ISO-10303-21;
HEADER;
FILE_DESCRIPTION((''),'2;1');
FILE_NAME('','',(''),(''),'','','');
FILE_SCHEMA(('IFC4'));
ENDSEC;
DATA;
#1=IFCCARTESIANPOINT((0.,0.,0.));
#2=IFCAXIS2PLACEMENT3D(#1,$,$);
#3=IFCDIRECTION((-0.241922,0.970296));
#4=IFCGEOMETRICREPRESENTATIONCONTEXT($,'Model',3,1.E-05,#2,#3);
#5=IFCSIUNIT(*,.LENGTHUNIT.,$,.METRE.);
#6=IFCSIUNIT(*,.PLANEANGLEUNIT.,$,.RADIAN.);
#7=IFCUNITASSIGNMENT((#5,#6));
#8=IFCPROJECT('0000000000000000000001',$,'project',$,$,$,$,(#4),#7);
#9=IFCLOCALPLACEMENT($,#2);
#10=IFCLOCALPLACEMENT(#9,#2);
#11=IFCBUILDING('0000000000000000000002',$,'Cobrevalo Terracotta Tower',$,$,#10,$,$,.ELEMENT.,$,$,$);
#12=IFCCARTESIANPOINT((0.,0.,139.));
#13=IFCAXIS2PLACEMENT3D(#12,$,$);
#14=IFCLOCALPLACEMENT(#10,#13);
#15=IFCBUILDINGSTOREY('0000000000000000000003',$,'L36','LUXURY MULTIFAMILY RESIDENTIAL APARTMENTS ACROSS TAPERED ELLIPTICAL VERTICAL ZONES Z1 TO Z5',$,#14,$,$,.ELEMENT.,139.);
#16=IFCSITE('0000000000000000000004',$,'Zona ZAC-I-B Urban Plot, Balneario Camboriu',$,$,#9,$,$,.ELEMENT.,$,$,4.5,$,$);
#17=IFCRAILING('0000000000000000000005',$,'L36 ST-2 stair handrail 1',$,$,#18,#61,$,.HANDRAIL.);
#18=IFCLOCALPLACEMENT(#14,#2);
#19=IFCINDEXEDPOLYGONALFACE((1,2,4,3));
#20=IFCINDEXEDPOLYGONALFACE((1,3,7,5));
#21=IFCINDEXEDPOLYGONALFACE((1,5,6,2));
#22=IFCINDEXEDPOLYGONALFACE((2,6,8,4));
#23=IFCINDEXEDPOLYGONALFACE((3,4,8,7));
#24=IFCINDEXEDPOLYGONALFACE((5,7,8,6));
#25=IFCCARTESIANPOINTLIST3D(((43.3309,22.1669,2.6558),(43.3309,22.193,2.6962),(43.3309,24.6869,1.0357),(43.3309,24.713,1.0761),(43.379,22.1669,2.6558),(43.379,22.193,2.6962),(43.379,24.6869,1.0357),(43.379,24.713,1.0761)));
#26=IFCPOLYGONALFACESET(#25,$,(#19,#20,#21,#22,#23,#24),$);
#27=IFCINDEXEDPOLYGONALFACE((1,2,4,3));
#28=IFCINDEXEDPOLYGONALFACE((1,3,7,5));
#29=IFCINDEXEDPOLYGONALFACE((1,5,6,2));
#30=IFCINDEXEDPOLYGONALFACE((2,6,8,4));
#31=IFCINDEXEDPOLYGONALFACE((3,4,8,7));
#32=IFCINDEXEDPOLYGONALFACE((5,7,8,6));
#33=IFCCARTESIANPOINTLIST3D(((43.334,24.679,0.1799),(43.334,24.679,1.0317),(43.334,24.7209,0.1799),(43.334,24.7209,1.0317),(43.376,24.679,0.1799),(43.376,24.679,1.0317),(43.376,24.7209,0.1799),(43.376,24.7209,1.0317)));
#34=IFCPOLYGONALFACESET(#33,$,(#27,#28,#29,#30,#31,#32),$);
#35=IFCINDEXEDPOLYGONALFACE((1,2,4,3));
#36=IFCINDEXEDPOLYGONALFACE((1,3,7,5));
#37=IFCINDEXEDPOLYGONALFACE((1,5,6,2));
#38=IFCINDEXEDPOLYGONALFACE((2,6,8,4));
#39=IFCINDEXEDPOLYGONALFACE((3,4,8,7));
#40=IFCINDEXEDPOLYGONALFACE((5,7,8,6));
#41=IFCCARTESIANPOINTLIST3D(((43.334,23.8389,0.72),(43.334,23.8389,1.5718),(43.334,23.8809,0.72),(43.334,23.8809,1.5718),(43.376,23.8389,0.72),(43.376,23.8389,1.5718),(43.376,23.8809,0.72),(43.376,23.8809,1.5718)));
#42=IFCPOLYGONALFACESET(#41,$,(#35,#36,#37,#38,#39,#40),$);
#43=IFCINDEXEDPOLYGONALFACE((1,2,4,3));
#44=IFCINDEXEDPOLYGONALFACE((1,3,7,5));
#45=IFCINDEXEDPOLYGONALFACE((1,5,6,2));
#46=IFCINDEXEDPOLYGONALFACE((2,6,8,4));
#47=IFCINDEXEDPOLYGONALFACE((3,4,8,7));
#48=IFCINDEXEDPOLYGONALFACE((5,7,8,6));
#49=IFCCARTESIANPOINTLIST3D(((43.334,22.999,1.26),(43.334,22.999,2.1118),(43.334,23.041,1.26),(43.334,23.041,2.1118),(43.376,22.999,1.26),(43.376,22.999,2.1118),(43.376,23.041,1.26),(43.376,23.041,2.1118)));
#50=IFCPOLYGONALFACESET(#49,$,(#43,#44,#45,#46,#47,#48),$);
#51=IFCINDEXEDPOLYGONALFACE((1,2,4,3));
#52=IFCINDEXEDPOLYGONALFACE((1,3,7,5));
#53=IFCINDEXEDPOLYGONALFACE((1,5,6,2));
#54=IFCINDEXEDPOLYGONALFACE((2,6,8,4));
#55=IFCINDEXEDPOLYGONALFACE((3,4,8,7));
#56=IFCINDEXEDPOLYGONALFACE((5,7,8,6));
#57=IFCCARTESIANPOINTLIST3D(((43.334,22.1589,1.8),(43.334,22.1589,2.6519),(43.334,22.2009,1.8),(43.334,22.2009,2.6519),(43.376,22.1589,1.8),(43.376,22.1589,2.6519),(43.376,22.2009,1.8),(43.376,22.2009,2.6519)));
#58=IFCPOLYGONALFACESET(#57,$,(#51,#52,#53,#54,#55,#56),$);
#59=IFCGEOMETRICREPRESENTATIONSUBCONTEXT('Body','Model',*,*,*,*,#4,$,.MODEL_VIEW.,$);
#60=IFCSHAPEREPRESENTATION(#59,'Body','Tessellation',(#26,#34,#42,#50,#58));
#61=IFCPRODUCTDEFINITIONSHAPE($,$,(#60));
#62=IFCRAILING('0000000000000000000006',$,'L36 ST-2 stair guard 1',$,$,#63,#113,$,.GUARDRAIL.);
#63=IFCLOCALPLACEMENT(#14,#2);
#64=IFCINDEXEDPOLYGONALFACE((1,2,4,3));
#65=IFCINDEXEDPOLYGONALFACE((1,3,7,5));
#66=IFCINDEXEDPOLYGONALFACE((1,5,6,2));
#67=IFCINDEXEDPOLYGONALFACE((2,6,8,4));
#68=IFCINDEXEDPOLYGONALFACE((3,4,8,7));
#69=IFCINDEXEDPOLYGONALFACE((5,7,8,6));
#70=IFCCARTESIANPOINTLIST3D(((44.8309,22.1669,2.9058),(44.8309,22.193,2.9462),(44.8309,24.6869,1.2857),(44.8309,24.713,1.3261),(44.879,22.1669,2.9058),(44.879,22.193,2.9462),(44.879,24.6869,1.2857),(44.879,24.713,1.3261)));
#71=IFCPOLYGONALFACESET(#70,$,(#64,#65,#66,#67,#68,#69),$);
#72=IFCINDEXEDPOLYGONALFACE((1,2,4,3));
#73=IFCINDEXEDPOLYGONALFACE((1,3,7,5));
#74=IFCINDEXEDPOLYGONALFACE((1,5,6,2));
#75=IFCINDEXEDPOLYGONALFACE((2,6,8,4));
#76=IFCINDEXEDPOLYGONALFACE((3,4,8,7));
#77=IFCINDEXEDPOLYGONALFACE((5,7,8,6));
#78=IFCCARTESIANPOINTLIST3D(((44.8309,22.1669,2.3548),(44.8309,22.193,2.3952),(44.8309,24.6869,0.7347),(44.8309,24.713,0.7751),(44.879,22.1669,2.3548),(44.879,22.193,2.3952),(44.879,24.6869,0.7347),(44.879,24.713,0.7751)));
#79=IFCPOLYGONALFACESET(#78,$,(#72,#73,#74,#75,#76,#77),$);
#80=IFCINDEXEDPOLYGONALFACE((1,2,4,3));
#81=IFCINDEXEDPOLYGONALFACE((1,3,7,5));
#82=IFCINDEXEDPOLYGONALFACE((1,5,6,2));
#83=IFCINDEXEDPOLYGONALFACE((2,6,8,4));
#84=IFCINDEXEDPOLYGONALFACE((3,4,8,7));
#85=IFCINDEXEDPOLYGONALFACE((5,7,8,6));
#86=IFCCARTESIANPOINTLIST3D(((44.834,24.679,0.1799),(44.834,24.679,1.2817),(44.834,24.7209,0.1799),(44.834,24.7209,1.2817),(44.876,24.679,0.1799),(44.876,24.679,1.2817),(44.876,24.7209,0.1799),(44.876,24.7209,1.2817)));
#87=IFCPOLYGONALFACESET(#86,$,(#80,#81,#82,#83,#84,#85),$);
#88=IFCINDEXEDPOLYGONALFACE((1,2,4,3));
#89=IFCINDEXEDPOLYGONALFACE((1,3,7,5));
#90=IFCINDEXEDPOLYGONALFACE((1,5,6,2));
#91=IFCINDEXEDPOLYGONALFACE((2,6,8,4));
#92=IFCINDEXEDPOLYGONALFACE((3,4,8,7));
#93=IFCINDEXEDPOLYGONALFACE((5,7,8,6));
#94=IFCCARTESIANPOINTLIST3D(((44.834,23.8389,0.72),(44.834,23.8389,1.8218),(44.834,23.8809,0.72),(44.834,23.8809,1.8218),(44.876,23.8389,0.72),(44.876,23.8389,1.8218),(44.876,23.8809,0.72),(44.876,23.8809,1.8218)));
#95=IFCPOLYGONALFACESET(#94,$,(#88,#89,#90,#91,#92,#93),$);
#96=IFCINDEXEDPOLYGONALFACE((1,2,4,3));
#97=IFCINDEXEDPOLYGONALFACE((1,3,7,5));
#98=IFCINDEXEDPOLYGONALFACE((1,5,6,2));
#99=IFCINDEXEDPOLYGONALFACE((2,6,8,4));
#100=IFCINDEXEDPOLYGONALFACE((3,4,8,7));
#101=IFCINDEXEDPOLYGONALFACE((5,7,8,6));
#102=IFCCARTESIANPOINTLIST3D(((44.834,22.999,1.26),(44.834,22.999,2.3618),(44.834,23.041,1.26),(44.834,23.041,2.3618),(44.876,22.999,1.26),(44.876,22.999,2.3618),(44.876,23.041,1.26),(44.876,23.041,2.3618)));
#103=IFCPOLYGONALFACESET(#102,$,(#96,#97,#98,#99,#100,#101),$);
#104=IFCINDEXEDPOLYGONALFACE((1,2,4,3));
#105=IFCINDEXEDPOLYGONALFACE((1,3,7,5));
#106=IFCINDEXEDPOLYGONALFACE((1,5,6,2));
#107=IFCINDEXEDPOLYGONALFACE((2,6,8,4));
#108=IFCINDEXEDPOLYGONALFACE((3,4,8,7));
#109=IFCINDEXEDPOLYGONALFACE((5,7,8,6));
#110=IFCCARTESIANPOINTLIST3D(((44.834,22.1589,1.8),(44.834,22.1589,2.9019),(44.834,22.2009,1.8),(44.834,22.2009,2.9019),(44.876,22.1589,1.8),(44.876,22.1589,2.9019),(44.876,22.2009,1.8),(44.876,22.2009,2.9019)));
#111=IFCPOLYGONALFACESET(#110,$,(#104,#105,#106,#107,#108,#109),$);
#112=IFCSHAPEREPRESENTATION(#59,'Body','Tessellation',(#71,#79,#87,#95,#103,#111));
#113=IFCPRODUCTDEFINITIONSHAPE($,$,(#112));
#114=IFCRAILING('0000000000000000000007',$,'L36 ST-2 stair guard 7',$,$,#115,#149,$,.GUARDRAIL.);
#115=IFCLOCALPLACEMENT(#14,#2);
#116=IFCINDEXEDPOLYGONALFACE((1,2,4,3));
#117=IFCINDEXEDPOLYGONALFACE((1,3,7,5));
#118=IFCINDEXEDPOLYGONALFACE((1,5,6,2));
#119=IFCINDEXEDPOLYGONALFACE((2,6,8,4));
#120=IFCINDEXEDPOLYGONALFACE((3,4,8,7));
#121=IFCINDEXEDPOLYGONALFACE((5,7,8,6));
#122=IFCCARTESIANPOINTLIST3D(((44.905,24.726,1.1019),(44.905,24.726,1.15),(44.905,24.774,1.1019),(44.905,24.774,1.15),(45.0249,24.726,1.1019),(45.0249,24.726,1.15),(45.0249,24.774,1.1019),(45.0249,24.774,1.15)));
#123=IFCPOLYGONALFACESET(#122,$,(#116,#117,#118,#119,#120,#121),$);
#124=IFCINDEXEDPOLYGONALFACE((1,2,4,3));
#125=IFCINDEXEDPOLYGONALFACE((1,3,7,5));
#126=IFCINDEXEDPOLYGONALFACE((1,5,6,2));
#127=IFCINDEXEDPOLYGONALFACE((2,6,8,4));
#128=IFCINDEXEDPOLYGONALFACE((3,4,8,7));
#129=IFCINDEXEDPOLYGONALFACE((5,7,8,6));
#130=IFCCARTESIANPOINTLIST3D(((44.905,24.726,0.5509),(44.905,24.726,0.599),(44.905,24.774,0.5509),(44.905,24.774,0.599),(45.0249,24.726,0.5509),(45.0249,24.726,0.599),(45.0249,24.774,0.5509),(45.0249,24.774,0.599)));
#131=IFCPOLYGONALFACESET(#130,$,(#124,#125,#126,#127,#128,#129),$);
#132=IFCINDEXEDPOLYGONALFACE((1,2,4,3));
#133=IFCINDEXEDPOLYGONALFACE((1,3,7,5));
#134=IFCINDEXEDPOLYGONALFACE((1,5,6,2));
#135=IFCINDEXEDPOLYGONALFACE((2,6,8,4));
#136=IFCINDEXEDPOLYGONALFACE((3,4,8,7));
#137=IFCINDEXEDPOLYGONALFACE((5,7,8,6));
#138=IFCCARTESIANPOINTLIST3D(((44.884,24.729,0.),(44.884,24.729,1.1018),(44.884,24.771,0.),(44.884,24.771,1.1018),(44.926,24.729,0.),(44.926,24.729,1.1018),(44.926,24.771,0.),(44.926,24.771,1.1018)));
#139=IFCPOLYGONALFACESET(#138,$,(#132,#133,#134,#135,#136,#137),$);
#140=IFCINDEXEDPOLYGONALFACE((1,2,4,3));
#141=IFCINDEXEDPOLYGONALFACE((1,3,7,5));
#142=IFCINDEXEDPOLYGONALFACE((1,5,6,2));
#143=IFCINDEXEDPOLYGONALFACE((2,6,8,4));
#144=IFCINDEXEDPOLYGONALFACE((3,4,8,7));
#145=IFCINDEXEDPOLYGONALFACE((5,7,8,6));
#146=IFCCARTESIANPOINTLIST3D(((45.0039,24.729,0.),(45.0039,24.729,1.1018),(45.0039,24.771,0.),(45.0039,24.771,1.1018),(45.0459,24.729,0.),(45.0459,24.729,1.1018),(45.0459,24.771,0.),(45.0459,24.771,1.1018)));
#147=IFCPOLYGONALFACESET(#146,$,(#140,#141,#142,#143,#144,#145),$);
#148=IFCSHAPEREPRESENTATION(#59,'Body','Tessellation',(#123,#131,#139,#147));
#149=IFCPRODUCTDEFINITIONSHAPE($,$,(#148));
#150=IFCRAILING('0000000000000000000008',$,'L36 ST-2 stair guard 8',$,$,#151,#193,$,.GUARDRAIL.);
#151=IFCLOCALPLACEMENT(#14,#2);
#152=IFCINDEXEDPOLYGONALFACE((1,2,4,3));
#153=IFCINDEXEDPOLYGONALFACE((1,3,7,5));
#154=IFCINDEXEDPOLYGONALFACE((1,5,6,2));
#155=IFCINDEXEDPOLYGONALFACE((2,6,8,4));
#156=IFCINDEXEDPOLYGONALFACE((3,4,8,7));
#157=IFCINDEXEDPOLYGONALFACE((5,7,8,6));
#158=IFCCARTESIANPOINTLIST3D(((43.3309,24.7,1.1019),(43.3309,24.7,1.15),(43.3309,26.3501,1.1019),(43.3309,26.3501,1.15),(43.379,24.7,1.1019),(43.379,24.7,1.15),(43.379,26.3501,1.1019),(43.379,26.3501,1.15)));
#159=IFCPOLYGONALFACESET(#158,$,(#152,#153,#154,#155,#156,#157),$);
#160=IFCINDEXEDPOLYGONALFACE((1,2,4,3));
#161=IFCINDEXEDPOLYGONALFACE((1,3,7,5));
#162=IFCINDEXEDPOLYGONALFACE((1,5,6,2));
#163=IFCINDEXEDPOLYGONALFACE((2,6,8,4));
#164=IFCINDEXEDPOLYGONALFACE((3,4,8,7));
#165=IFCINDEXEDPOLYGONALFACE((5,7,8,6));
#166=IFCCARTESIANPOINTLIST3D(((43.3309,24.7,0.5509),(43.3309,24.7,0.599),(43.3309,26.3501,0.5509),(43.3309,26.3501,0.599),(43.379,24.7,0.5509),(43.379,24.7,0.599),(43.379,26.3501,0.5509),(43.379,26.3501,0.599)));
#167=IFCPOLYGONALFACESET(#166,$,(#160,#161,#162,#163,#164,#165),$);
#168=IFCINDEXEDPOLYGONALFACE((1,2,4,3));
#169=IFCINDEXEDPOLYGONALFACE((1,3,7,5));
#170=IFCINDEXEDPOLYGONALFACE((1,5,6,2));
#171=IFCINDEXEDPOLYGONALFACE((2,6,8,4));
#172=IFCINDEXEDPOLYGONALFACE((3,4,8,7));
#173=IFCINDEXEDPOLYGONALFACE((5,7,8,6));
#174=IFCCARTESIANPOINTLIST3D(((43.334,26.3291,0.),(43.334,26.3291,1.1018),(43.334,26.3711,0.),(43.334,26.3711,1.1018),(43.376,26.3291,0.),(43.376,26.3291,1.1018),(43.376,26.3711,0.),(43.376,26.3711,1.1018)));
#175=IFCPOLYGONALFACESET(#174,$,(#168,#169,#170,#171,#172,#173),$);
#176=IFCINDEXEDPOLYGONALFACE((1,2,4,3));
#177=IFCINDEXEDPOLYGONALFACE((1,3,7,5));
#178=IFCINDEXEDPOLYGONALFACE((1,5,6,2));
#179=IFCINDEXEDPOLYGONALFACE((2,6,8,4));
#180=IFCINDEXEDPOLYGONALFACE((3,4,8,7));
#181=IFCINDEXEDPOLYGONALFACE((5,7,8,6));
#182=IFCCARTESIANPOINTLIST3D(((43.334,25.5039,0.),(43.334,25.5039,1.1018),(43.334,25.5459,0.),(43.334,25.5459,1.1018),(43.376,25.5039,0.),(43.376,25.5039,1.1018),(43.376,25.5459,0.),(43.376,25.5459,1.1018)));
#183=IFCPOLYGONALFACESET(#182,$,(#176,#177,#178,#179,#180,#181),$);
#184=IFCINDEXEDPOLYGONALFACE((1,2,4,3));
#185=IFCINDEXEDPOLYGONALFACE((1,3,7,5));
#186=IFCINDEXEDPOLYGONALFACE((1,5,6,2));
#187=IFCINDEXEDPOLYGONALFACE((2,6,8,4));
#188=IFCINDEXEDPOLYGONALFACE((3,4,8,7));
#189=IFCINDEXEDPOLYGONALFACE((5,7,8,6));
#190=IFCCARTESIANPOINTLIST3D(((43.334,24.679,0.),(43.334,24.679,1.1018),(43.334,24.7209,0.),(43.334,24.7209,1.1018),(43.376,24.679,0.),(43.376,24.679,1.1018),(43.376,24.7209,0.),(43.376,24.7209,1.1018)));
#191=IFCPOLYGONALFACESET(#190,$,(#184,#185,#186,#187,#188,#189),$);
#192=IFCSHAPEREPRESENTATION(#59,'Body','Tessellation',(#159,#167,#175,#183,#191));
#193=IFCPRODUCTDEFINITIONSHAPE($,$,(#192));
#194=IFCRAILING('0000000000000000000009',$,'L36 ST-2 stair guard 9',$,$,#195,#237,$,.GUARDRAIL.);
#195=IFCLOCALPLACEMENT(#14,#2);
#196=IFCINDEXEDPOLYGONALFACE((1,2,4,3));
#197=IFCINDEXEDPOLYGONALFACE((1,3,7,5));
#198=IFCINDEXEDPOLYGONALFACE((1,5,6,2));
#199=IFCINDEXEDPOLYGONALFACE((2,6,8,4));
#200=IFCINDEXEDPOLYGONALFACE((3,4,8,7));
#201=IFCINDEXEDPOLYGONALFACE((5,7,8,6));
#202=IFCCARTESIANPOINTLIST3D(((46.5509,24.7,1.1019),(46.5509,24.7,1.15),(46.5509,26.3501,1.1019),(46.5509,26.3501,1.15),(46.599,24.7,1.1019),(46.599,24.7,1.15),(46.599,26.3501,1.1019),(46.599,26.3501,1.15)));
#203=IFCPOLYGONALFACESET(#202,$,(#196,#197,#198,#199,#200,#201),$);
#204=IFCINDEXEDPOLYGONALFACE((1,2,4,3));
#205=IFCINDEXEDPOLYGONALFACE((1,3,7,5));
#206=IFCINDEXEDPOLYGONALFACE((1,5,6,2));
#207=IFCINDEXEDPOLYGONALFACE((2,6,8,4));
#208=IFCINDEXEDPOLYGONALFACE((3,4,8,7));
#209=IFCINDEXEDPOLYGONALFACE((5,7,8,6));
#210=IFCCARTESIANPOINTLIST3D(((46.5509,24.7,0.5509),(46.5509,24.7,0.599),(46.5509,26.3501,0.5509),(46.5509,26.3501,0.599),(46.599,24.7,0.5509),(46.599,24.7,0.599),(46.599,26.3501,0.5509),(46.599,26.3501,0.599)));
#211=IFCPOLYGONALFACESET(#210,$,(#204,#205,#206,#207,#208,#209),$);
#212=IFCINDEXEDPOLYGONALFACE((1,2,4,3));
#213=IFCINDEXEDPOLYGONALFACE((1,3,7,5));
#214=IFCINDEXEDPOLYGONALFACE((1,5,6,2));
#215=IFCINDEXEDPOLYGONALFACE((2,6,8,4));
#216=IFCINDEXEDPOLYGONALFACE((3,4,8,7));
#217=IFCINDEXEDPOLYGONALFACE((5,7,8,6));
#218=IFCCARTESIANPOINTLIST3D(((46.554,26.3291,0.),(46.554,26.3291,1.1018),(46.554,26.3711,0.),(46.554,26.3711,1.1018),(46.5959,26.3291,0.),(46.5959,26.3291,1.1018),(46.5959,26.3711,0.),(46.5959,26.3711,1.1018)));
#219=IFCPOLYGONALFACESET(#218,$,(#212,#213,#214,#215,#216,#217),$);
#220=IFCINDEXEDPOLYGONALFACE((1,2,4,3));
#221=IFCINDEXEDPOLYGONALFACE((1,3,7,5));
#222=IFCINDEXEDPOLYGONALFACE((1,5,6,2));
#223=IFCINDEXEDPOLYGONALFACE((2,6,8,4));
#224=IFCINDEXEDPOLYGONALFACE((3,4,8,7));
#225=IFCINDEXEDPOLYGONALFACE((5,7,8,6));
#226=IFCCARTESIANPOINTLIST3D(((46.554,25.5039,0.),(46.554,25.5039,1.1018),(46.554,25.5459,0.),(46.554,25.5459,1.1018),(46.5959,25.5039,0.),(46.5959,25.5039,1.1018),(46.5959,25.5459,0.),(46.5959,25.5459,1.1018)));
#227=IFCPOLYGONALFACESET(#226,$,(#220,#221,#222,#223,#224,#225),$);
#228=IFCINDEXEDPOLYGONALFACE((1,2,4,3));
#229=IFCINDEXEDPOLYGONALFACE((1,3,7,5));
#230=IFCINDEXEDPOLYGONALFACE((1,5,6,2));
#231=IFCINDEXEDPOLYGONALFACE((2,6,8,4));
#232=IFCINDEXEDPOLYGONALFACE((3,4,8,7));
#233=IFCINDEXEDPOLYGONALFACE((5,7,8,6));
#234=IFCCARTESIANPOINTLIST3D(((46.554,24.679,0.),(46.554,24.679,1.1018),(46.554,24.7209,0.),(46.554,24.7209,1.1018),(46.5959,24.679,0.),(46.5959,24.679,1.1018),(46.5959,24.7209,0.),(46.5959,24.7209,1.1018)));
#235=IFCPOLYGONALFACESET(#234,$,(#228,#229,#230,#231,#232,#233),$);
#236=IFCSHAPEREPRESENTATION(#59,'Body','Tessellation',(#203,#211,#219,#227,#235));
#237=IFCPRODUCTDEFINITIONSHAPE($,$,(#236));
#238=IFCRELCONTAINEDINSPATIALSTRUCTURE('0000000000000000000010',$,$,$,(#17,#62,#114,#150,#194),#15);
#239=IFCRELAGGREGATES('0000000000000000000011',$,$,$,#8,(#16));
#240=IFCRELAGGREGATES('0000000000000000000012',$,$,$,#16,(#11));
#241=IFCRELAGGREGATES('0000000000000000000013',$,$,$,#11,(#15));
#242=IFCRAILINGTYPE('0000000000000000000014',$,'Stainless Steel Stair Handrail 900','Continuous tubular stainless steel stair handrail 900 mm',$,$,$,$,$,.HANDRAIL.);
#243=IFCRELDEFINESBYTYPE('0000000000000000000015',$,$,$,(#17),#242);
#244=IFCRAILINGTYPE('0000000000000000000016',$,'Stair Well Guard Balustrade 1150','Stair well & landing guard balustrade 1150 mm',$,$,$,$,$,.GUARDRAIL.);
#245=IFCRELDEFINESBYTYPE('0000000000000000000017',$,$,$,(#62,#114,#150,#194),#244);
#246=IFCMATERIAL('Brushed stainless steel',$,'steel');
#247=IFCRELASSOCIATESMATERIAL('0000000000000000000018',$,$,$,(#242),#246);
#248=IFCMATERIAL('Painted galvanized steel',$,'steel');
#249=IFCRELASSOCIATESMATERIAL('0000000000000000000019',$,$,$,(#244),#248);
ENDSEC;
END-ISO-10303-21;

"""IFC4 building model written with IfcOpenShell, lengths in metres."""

from ifc_helpers import new_model, si_unit, direction, frame, origin, origin_2d, place, context, subcontext, project, spatial, rectangle, extrude, material, type_object, element, save


model = new_model("IFC4")

# Units and contexts
model_context = context("Model", 3, precision=1e-05, world=origin(), true_north=direction((-0.241922, 0.970296)))
body_context = subcontext(model_context, "Body", "Model", "MODEL_VIEW")
ifc_project = project(units=[si_unit("LENGTHUNIT", "METRE"), si_unit("PLANEANGLEUNIT", "RADIAN")], contexts=[model_context])

# Site, building, storey
site_placement = place(None, origin())
site = spatial("IfcSite", under=ifc_project, at=site_placement, Name="Zona ZAC-I-B Urban Plot, Balneario Camboriu", CompositionType="ELEMENT", RefElevation=4.5)
building_placement = place(site_placement, origin())
building = spatial("IfcBuilding", under=site, at=building_placement, Name="Cobrevalo Terracotta Tower", CompositionType="ELEMENT")
storey_placement = place(building_placement, frame((0.0, 0.0, 139.0)))
storey = spatial("IfcBuildingStorey", under=building, at=storey_placement, Name="L36", Description="LUXURY MULTIFAMILY RESIDENTIAL APARTMENTS ACROSS TAPERED ELLIPTICAL VERTICAL ZONES Z1 TO Z5", CompositionType="ELEMENT", Elevation=139.0)

# Shared definitions
ifc_material_1 = material(Name="Brushed stainless steel", Category="steel")

# Railings
railing_type_1 = type_object("IfcRailingType", Name="Stainless Steel Stair Handrail 900", Description="Continuous tubular stainless steel stair handrail 900 mm", PredefinedType="HANDRAIL", material=ifc_material_1)
railing_1_placement = place(storey_placement, frame((43.355, 24.7, 0.1799)))
element("IfcRailing", 1, at=railing_1_placement, inside=storey, type_object=railing_type_1, Name="L36 ST-2 stair handrail 1", PredefinedType="HANDRAIL", context=body_context, shape_type="SweptSolid", body=[
    extrude(rectangle(XDim=0.0481, YDim=0.0481, at=origin_2d()), frame((0.0, 0.0, 0.876), z_axis=(0.0, -0.841163, 0.540782), x_axis=(1.0, 0.0, 0.0)), (0.0, 0.0, 1.0), 2.9958),
    extrude(rectangle(XDim=0.042, YDim=0.042, at=origin_2d()), origin(), (0.0, 0.0, 1.0), 0.8518),
    extrude(rectangle(XDim=0.042, YDim=0.042, at=origin_2d()), frame((0.0, -0.8401, 0.54)), (0.0, 0.0, 1.0), 0.8518),
    extrude(rectangle(XDim=0.042, YDim=0.042, at=origin_2d()), frame((0.0, -1.6799, 1.0801)), (0.0, 0.0, 1.0), 0.8518),
    extrude(rectangle(XDim=0.042, YDim=0.042, at=origin_2d()), frame((0.0, -2.52, 1.6201)), (0.0, 0.0, 1.0), 0.8518),
])
ifc_material_2 = material(Name="Painted galvanized steel", Category="steel")
railing_type_2 = type_object("IfcRailingType", Name="Stair Well Guard Balustrade 1150", Description="Stair well & landing guard balustrade 1150 mm", PredefinedType="GUARDRAIL", material=ifc_material_2)
railing_2_placement = place(storey_placement, frame((44.855, 24.7, 0.1799)))
element("IfcRailing", 2, at=railing_2_placement, inside=storey, type_object=railing_type_2, Name="L36 ST-2 stair guard 1", PredefinedType="GUARDRAIL", context=body_context, shape_type="SweptSolid", body=[
    extrude(rectangle(XDim=0.0481, YDim=0.0481, at=origin_2d()), frame((0.0, 0.0, 1.126), z_axis=(0.0, -0.841163, 0.540782), x_axis=(1.0, 0.0, 0.0)), (0.0, 0.0, 1.0), 2.9958),
    extrude(rectangle(XDim=0.0481, YDim=0.0481, at=origin_2d()), frame((0.0, 0.0, 0.575), z_axis=(0.0, -0.841163, 0.540782), x_axis=(1.0, 0.0, 0.0)), (0.0, 0.0, 1.0), 2.9958),
    extrude(rectangle(XDim=0.042, YDim=0.042, at=origin_2d()), origin(), (0.0, 0.0, 1.0), 1.1018),
    extrude(rectangle(XDim=0.042, YDim=0.042, at=origin_2d()), frame((0.0, -0.8401, 0.54)), (0.0, 0.0, 1.0), 1.1018),
    extrude(rectangle(XDim=0.042, YDim=0.042, at=origin_2d()), frame((0.0, -1.6799, 1.0801)), (0.0, 0.0, 1.0), 1.1018),
    extrude(rectangle(XDim=0.042, YDim=0.042, at=origin_2d()), frame((0.0, -2.52, 1.6201)), (0.0, 0.0, 1.0), 1.1018),
])
railing_3_placement = place(storey_placement, frame((44.905, 24.75, 0.0)))
element("IfcRailing", 3, at=railing_3_placement, inside=storey, type_object=railing_type_2, Name="L36 ST-2 stair guard 7", PredefinedType="GUARDRAIL", context=body_context, shape_type="SweptSolid", body=[
    extrude(rectangle(XDim=0.0481, YDim=0.0481, at=origin_2d()), frame((0.0, 0.0, 1.126), z_axis=(1.0, 0.0, 0.0), x_axis=(0.0, 1.0, 0.0)), (0.0, 0.0, 1.0), 0.1199),
    extrude(rectangle(XDim=0.0481, YDim=0.0481, at=origin_2d()), frame((0.0, 0.0, 0.575), z_axis=(1.0, 0.0, 0.0), x_axis=(0.0, 1.0, 0.0)), (0.0, 0.0, 1.0), 0.1199),
    extrude(rectangle(XDim=0.042, YDim=0.042, at=origin_2d()), origin(), (0.0, 0.0, 1.0), 1.1018),
    extrude(rectangle(XDim=0.042, YDim=0.042, at=origin_2d()), frame((0.1199, 0.0, 0.0)), (0.0, 0.0, 1.0), 1.1018),
])
for number, where, name in (
    (4, (43.355, 26.3501, 0.0), "L36 ST-2 stair guard 8"),
    (5, (46.575, 26.3501, 0.0), "L36 ST-2 stair guard 9"),
):
    element("IfcRailing", number, at=place(storey_placement, frame(where)), inside=storey, type_object=railing_type_2, Name=name, PredefinedType="GUARDRAIL", context=body_context, shape_type="SweptSolid", body=[
        extrude(rectangle(XDim=0.0481, YDim=0.0481, at=origin_2d()), frame((0.0, 0.0, 1.126), z_axis=(0.0, -1.0, 0.0), x_axis=(1.0, 0.0, 0.0)), (0.0, 0.0, 1.0), 1.6501),
        extrude(rectangle(XDim=0.0481, YDim=0.0481, at=origin_2d()), frame((0.0, 0.0, 0.575), z_axis=(0.0, -1.0, 0.0), x_axis=(1.0, 0.0, 0.0)), (0.0, 0.0, 1.0), 1.6501),
        extrude(rectangle(XDim=0.042, YDim=0.042, at=origin_2d()), origin(), (0.0, 0.0, 1.0), 1.1018),
        extrude(rectangle(XDim=0.042, YDim=0.042, at=origin_2d()), frame((0.0, -0.8252, 0.0)), (0.0, 0.0, 1.0), 1.1018),
        extrude(rectangle(XDim=0.042, YDim=0.042, at=origin_2d()), frame((0.0, -1.6501, 0.0)), (0.0, 0.0, 1.0), 1.1018),
    ])

save(model, "model.ifc")
